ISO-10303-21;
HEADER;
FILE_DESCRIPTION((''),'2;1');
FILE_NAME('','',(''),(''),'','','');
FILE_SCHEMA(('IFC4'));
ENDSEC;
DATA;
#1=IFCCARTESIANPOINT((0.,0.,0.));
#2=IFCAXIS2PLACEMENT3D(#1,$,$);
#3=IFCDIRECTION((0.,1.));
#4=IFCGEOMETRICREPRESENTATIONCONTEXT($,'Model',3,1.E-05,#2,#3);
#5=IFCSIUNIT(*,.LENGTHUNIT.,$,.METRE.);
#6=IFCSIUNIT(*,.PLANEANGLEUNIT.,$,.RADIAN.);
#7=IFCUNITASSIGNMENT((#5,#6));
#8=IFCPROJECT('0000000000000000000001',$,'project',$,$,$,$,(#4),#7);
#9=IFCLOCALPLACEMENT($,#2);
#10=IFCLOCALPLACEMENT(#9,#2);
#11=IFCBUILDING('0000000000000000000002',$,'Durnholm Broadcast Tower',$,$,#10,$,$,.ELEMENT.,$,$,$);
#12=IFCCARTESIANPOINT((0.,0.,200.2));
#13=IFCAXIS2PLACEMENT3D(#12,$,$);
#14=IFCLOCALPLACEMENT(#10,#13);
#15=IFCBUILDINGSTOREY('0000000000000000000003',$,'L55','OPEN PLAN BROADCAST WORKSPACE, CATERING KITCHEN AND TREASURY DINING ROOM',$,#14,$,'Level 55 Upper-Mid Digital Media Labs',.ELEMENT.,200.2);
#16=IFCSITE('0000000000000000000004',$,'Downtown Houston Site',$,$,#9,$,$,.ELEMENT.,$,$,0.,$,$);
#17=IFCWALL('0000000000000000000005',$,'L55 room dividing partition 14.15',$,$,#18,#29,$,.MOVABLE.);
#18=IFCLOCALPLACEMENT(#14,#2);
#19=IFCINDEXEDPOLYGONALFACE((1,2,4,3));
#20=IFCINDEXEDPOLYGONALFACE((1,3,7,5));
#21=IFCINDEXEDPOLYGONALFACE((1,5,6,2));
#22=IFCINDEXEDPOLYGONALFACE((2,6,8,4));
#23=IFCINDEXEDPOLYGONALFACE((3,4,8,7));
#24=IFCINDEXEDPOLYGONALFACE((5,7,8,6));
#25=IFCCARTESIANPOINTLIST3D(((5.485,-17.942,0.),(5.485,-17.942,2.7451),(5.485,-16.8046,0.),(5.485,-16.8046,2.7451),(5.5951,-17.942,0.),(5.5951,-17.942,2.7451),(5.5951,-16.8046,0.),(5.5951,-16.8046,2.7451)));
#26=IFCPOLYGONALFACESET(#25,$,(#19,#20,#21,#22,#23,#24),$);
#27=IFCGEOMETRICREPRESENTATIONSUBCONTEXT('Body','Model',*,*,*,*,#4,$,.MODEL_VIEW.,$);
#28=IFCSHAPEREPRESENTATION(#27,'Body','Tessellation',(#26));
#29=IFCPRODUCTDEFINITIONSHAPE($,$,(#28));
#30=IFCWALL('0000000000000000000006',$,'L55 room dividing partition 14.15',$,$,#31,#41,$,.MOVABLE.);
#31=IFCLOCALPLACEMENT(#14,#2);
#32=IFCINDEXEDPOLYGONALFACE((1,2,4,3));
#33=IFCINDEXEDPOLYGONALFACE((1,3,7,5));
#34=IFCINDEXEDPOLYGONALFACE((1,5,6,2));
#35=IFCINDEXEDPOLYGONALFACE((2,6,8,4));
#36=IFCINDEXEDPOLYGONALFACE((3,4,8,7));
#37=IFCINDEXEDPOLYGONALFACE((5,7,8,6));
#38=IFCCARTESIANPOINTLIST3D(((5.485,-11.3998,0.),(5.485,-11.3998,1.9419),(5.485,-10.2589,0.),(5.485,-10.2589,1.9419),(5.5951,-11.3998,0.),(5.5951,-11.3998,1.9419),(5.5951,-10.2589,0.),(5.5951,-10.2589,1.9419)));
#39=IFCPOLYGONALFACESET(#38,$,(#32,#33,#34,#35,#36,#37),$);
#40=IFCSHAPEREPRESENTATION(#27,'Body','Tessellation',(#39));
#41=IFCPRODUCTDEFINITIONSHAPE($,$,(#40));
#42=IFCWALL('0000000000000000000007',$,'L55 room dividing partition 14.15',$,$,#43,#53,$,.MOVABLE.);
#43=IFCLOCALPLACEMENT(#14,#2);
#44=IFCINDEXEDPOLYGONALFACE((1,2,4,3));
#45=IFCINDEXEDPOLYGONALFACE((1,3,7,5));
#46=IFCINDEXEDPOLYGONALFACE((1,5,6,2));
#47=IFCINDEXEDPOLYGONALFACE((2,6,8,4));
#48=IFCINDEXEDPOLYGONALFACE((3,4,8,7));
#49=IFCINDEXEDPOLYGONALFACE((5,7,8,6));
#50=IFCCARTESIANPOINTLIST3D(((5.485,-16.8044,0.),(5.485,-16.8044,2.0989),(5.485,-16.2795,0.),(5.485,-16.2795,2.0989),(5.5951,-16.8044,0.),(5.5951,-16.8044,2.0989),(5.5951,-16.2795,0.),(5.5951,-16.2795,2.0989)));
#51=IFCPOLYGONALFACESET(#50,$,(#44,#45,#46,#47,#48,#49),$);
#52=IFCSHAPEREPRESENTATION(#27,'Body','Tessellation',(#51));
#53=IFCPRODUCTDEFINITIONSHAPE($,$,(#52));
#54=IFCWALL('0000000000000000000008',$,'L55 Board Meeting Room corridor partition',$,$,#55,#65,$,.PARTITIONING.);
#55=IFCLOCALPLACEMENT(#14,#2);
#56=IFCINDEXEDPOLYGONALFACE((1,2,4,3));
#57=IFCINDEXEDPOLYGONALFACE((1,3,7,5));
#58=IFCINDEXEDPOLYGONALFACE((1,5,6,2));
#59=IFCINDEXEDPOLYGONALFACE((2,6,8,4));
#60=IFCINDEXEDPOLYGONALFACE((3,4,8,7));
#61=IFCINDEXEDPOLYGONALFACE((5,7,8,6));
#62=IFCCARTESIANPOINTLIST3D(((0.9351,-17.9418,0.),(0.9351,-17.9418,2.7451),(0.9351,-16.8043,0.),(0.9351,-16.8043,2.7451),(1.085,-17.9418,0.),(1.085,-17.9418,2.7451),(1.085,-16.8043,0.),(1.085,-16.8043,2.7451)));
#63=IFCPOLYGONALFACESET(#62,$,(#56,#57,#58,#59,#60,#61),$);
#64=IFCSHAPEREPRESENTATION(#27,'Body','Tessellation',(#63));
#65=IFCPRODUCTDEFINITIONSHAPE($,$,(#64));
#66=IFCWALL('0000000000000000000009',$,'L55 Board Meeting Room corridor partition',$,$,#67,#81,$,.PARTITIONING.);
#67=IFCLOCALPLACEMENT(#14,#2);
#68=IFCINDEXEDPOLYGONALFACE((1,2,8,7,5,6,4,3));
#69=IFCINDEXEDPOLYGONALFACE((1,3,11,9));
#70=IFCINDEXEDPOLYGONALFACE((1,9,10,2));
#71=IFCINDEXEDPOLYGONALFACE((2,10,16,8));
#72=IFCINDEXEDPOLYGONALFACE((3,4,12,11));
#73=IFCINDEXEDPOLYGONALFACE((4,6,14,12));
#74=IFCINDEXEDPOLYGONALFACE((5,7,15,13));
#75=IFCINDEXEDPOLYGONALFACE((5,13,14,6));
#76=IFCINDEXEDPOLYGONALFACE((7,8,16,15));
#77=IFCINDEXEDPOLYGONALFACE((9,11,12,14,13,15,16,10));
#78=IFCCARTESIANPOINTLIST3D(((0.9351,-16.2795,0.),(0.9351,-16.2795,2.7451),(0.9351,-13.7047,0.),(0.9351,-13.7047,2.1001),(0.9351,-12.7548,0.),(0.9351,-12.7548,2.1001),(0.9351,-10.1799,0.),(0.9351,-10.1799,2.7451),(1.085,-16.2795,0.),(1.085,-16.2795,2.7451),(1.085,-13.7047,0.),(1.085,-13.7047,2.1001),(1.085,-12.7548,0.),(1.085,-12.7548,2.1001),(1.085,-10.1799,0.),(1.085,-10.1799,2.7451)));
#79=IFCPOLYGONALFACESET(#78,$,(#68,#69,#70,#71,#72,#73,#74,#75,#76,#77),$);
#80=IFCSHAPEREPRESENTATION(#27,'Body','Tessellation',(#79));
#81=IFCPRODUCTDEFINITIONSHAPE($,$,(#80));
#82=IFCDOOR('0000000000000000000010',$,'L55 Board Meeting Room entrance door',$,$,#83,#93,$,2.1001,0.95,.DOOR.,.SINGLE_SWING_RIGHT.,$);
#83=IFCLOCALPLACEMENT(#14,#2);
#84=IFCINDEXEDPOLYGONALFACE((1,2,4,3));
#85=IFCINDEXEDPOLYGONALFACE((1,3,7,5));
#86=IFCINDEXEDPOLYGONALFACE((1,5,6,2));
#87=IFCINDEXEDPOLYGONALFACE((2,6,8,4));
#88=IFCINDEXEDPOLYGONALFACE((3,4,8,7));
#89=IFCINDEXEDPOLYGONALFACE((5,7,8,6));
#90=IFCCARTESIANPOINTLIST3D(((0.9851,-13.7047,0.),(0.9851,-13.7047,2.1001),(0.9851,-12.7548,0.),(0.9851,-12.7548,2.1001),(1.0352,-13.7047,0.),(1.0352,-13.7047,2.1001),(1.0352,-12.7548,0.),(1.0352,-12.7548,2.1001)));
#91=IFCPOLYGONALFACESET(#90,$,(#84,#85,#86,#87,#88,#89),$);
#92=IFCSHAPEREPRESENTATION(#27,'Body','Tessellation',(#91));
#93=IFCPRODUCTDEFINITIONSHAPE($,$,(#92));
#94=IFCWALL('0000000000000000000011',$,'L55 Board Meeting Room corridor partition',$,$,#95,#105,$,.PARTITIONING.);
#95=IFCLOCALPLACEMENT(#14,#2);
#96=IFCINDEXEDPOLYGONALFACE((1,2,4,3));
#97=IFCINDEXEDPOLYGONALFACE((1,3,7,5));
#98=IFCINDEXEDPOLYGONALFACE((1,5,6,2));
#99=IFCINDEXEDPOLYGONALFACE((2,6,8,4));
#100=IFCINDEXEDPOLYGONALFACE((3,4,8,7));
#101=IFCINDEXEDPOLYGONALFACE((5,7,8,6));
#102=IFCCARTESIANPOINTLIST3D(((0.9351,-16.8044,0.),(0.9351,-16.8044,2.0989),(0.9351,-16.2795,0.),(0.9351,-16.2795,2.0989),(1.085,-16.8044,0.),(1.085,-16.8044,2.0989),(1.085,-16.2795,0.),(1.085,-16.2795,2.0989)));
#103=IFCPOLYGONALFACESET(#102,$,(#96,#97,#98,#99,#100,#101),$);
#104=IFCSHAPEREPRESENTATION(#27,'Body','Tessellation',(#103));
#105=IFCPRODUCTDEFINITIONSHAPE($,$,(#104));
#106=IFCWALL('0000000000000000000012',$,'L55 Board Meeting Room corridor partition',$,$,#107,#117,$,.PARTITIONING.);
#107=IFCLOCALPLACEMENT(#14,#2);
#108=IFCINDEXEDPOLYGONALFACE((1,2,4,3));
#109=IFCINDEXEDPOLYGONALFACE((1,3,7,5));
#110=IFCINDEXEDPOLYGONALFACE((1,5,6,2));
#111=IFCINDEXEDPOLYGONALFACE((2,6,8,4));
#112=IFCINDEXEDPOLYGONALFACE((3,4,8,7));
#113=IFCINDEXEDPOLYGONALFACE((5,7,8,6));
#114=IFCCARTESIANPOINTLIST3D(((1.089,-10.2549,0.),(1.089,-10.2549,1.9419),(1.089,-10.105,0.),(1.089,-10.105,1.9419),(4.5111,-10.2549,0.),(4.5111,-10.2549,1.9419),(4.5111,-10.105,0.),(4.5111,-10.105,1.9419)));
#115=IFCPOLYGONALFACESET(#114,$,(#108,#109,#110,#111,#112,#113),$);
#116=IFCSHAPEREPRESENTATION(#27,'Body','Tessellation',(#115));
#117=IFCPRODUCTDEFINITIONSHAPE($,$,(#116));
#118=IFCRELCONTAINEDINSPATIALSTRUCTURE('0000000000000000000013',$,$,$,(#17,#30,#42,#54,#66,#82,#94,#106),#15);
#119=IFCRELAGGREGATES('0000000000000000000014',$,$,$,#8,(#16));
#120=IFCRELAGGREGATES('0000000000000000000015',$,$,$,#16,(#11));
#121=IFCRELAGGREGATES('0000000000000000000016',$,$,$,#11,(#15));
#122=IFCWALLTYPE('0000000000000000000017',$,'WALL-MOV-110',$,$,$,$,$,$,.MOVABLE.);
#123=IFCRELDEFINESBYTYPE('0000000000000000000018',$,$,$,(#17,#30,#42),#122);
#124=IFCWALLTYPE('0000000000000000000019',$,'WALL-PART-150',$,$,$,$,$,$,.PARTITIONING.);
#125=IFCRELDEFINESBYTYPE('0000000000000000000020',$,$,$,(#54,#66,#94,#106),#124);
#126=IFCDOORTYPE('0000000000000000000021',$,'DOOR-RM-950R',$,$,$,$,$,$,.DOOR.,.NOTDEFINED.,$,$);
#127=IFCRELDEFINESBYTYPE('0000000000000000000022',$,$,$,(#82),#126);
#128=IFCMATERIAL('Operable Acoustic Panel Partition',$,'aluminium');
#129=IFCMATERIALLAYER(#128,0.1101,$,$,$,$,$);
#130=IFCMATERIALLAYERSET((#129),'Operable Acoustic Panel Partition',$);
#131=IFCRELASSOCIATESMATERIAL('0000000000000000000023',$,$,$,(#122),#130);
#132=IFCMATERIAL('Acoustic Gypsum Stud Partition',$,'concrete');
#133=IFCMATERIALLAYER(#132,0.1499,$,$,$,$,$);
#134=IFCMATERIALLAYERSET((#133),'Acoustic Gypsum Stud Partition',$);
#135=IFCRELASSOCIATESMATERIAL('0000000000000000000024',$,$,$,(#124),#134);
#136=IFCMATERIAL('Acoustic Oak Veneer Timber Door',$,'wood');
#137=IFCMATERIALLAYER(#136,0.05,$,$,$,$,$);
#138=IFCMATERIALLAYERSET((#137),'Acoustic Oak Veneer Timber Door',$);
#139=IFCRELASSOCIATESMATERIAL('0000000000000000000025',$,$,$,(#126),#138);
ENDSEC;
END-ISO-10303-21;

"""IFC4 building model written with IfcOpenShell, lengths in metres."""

from ifc_helpers import new_model, si_unit, direction, frame, frame_2d, origin, place, context, subcontext, project, spatial, rectangle, extrude, source, transform, mapped, material, layer, layer_set, type_object, type_shapes, element, fill, save


model = new_model("IFC4")

# Units and contexts
model_context = context("Model", 3, precision=1e-05, world=origin(), true_north=direction((0.0, 1.0)))
body_context = subcontext(model_context, "Body", "Model", "MODEL_VIEW")
ifc_project = project(units=[si_unit("LENGTHUNIT", "METRE"), si_unit("PLANEANGLEUNIT", "RADIAN")], contexts=[model_context])

# Site, building, storey
site_placement = place(None, origin())
site = spatial("IfcSite", under=ifc_project, at=site_placement, Name="Downtown Houston Site", CompositionType="ELEMENT", RefElevation=0.0)
building_placement = place(site_placement, origin())
building = spatial("IfcBuilding", under=site, at=building_placement, Name="Durnholm Broadcast Tower", CompositionType="ELEMENT")
storey_placement = place(building_placement, frame((0.0, 0.0, 200.2)))
storey = spatial("IfcBuildingStorey", under=building, at=storey_placement, Name="L55", Description="OPEN PLAN BROADCAST WORKSPACE, CATERING KITCHEN AND TREASURY DINING ROOM", LongName="Level 55 Upper-Mid Digital Media Labs", CompositionType="ELEMENT", Elevation=200.2)

# Shared definitions
ifc_material_1 = material(Name="Operable Acoustic Panel Partition", Category="aluminium")
ifc_layer_1 = layer(ifc_material_1, 0.1101)
ifc_layer_set_1 = layer_set([ifc_layer_1], Name="Operable Acoustic Panel Partition")
wall_type_1 = type_object("IfcWallType", Name="WALL-MOV-110", PredefinedType="MOVABLE", material=ifc_layer_set_1)

# Walls
wall_1_placement = place(storey_placement, frame((5.54, -16.8044, 0.0), z_axis=(0.0, 0.0, 1.0), x_axis=(0.0, -1.0, 0.0)))
element("IfcWall", 1, at=wall_1_placement, inside=storey, type_object=wall_type_1, Name="L55 room dividing partition 14.15", PredefinedType="MOVABLE", context=body_context, shape_type="SweptSolid", body=[
    extrude(rectangle(XDim=1.1375, YDim=0.1101, at=frame_2d((0.5688, 0.0))), origin(), (0.0, 0.0, 1.0), 2.7451),
])
wall_2_placement = place(storey_placement, frame((5.54, -10.259, 0.0), z_axis=(0.0, 0.0, 1.0), x_axis=(0.0, -1.0, 0.0)))
element("IfcWall", 2, at=wall_2_placement, inside=storey, type_object=wall_type_1, Name="L55 room dividing partition 14.15", PredefinedType="MOVABLE", context=body_context, shape_type="SweptSolid", body=[
    extrude(rectangle(XDim=1.1409, YDim=0.1101, at=frame_2d((0.5703, 0.0))), origin(), (0.0, 0.0, 1.0), 1.9419),
])
wall_3_placement = place(storey_placement, frame((5.54, -16.2795, 0.0), z_axis=(0.0, 0.0, 1.0), x_axis=(0.0, -1.0, 0.0)))
element("IfcWall", 3, at=wall_3_placement, inside=storey, type_object=wall_type_1, Name="L55 room dividing partition 14.15", PredefinedType="MOVABLE", context=body_context, shape_type="SweptSolid", body=[
    extrude(rectangle(XDim=0.5249, YDim=0.1101, at=frame_2d((0.2625, 0.0))), origin(), (0.0, 0.0, 1.0), 2.0989),
])
ifc_material_2 = material(Name="Acoustic Gypsum Stud Partition", Category="concrete")
ifc_layer_2 = layer(ifc_material_2, 0.1499)
ifc_layer_set_2 = layer_set([ifc_layer_2], Name="Acoustic Gypsum Stud Partition")
wall_type_2 = type_object("IfcWallType", Name="WALL-PART-150", PredefinedType="PARTITIONING", material=ifc_layer_set_2)
wall_4_placement = place(storey_placement, frame((1.01, -17.9419, 0.0), z_axis=(0.0, 0.0, 1.0), x_axis=(0.0, 1.0, 0.0)))
element("IfcWall", 4, at=wall_4_placement, inside=storey, type_object=wall_type_2, Name="L55 Board Meeting Room corridor partition", PredefinedType="PARTITIONING", context=body_context, shape_type="SweptSolid", body=[
    extrude(rectangle(XDim=1.1375, YDim=0.1499, at=frame_2d((0.5688, 0.0))), origin(), (0.0, 0.0, 1.0), 2.7451),
])

# Wall, opening, door
wall_5_placement = place(storey_placement, frame((1.01, -16.2795, 0.0), z_axis=(0.0, 0.0, 1.0), x_axis=(0.0, 1.0, 0.0)))
wall_5 = element("IfcWall", 5, at=wall_5_placement, inside=storey, type_object=wall_type_2, Name="L55 Board Meeting Room corridor partition", PredefinedType="PARTITIONING", context=body_context, shape_type="SweptSolid", body=[
    extrude(rectangle(XDim=6.0996, YDim=0.1499, at=frame_2d((3.0498, 0.0))), origin(), (0.0, 0.0, 1.0), 2.7451),
])
opening_1_placement = place(wall_5_placement, frame((2.5747, 0.0, 0.0)))
opening_1 = element("IfcOpeningElement", 6, at=opening_1_placement, cuts=wall_5, PredefinedType="OPENING", context=body_context, shape_type="SweptSolid", body=[
    extrude(rectangle(XDim=0.95, YDim=2.1001, at=frame_2d((0.4751, 1.05))), frame((0.0, 0.085, 0.0), z_axis=(0.0, -1.0, 0.0), x_axis=(1.0, 0.0, 0.0)), (0.0, 0.0, 1.0), 0.1699),
])
ifc_material_3 = material(Name="Acoustic Oak Veneer Timber Door", Category="wood")
ifc_layer_3 = layer(ifc_material_3, 0.05)
ifc_layer_set_3 = layer_set([ifc_layer_3], Name="Acoustic Oak Veneer Timber Door")
door_type_1 = type_object("IfcDoorType", Name="DOOR-RM-950R", OperationType="NOTDEFINED", PredefinedType="DOOR", material=ifc_layer_set_3)
shared_shape_1 = source(origin(), body_context, "Body", "SweptSolid", [
    extrude(rectangle(XDim=0.95, YDim=2.1001, at=frame_2d((0.4751, 1.05))), frame((0.0, 0.0249, 0.0), z_axis=(0.0, -1.0, 0.0), x_axis=(1.0, 0.0, 0.0)), (0.0, 0.0, 1.0), 0.05),
])
type_shapes(door_type_1, [shared_shape_1])
door_1_placement = place(opening_1_placement, origin())
door_1 = element("IfcDoor", 7, at=door_1_placement, inside=storey, type_object=door_type_1, Name="L55 Board Meeting Room entrance door", OperationType="SINGLE_SWING_RIGHT", OverallHeight=2.1001, OverallWidth=0.95, PredefinedType="DOOR", context=body_context, shape_type="MappedRepresentation", body=[
    mapped(shared_shape_1, transform((0.0, 0.0, 0.0), x_axis=(1.0, 0.0, 0.0), y_axis=(0.0, 1.0, 0.0), z_axis=(0.0, 0.0, 1.0), scale=1.0)),
])
fill(opening_1, door_1)

# Walls
wall_6_placement = place(storey_placement, frame((1.01, -16.8044, 0.0), z_axis=(0.0, 0.0, 1.0), x_axis=(0.0, 1.0, 0.0)))
element("IfcWall", 8, at=wall_6_placement, inside=storey, type_object=wall_type_2, Name="L55 Board Meeting Room corridor partition", PredefinedType="PARTITIONING", context=body_context, shape_type="SweptSolid", body=[
    extrude(rectangle(XDim=0.5249, YDim=0.1499, at=frame_2d((0.2625, 0.0))), origin(), (0.0, 0.0, 1.0), 2.0989),
])
wall_7_placement = place(storey_placement, frame((1.0891, -10.1799, 0.0), z_axis=(0.0, 0.0, 1.0), x_axis=(1.0, 0.0, 0.0)))
element("IfcWall", 9, at=wall_7_placement, inside=storey, type_object=wall_type_2, Name="L55 Board Meeting Room corridor partition", PredefinedType="PARTITIONING", context=body_context, shape_type="SweptSolid", body=[
    extrude(rectangle(XDim=3.4221, YDim=0.1499, at=frame_2d((1.7109, 0.0))), origin(), (0.0, 0.0, 1.0), 1.9419),
])

save(model, "model.ifc")
